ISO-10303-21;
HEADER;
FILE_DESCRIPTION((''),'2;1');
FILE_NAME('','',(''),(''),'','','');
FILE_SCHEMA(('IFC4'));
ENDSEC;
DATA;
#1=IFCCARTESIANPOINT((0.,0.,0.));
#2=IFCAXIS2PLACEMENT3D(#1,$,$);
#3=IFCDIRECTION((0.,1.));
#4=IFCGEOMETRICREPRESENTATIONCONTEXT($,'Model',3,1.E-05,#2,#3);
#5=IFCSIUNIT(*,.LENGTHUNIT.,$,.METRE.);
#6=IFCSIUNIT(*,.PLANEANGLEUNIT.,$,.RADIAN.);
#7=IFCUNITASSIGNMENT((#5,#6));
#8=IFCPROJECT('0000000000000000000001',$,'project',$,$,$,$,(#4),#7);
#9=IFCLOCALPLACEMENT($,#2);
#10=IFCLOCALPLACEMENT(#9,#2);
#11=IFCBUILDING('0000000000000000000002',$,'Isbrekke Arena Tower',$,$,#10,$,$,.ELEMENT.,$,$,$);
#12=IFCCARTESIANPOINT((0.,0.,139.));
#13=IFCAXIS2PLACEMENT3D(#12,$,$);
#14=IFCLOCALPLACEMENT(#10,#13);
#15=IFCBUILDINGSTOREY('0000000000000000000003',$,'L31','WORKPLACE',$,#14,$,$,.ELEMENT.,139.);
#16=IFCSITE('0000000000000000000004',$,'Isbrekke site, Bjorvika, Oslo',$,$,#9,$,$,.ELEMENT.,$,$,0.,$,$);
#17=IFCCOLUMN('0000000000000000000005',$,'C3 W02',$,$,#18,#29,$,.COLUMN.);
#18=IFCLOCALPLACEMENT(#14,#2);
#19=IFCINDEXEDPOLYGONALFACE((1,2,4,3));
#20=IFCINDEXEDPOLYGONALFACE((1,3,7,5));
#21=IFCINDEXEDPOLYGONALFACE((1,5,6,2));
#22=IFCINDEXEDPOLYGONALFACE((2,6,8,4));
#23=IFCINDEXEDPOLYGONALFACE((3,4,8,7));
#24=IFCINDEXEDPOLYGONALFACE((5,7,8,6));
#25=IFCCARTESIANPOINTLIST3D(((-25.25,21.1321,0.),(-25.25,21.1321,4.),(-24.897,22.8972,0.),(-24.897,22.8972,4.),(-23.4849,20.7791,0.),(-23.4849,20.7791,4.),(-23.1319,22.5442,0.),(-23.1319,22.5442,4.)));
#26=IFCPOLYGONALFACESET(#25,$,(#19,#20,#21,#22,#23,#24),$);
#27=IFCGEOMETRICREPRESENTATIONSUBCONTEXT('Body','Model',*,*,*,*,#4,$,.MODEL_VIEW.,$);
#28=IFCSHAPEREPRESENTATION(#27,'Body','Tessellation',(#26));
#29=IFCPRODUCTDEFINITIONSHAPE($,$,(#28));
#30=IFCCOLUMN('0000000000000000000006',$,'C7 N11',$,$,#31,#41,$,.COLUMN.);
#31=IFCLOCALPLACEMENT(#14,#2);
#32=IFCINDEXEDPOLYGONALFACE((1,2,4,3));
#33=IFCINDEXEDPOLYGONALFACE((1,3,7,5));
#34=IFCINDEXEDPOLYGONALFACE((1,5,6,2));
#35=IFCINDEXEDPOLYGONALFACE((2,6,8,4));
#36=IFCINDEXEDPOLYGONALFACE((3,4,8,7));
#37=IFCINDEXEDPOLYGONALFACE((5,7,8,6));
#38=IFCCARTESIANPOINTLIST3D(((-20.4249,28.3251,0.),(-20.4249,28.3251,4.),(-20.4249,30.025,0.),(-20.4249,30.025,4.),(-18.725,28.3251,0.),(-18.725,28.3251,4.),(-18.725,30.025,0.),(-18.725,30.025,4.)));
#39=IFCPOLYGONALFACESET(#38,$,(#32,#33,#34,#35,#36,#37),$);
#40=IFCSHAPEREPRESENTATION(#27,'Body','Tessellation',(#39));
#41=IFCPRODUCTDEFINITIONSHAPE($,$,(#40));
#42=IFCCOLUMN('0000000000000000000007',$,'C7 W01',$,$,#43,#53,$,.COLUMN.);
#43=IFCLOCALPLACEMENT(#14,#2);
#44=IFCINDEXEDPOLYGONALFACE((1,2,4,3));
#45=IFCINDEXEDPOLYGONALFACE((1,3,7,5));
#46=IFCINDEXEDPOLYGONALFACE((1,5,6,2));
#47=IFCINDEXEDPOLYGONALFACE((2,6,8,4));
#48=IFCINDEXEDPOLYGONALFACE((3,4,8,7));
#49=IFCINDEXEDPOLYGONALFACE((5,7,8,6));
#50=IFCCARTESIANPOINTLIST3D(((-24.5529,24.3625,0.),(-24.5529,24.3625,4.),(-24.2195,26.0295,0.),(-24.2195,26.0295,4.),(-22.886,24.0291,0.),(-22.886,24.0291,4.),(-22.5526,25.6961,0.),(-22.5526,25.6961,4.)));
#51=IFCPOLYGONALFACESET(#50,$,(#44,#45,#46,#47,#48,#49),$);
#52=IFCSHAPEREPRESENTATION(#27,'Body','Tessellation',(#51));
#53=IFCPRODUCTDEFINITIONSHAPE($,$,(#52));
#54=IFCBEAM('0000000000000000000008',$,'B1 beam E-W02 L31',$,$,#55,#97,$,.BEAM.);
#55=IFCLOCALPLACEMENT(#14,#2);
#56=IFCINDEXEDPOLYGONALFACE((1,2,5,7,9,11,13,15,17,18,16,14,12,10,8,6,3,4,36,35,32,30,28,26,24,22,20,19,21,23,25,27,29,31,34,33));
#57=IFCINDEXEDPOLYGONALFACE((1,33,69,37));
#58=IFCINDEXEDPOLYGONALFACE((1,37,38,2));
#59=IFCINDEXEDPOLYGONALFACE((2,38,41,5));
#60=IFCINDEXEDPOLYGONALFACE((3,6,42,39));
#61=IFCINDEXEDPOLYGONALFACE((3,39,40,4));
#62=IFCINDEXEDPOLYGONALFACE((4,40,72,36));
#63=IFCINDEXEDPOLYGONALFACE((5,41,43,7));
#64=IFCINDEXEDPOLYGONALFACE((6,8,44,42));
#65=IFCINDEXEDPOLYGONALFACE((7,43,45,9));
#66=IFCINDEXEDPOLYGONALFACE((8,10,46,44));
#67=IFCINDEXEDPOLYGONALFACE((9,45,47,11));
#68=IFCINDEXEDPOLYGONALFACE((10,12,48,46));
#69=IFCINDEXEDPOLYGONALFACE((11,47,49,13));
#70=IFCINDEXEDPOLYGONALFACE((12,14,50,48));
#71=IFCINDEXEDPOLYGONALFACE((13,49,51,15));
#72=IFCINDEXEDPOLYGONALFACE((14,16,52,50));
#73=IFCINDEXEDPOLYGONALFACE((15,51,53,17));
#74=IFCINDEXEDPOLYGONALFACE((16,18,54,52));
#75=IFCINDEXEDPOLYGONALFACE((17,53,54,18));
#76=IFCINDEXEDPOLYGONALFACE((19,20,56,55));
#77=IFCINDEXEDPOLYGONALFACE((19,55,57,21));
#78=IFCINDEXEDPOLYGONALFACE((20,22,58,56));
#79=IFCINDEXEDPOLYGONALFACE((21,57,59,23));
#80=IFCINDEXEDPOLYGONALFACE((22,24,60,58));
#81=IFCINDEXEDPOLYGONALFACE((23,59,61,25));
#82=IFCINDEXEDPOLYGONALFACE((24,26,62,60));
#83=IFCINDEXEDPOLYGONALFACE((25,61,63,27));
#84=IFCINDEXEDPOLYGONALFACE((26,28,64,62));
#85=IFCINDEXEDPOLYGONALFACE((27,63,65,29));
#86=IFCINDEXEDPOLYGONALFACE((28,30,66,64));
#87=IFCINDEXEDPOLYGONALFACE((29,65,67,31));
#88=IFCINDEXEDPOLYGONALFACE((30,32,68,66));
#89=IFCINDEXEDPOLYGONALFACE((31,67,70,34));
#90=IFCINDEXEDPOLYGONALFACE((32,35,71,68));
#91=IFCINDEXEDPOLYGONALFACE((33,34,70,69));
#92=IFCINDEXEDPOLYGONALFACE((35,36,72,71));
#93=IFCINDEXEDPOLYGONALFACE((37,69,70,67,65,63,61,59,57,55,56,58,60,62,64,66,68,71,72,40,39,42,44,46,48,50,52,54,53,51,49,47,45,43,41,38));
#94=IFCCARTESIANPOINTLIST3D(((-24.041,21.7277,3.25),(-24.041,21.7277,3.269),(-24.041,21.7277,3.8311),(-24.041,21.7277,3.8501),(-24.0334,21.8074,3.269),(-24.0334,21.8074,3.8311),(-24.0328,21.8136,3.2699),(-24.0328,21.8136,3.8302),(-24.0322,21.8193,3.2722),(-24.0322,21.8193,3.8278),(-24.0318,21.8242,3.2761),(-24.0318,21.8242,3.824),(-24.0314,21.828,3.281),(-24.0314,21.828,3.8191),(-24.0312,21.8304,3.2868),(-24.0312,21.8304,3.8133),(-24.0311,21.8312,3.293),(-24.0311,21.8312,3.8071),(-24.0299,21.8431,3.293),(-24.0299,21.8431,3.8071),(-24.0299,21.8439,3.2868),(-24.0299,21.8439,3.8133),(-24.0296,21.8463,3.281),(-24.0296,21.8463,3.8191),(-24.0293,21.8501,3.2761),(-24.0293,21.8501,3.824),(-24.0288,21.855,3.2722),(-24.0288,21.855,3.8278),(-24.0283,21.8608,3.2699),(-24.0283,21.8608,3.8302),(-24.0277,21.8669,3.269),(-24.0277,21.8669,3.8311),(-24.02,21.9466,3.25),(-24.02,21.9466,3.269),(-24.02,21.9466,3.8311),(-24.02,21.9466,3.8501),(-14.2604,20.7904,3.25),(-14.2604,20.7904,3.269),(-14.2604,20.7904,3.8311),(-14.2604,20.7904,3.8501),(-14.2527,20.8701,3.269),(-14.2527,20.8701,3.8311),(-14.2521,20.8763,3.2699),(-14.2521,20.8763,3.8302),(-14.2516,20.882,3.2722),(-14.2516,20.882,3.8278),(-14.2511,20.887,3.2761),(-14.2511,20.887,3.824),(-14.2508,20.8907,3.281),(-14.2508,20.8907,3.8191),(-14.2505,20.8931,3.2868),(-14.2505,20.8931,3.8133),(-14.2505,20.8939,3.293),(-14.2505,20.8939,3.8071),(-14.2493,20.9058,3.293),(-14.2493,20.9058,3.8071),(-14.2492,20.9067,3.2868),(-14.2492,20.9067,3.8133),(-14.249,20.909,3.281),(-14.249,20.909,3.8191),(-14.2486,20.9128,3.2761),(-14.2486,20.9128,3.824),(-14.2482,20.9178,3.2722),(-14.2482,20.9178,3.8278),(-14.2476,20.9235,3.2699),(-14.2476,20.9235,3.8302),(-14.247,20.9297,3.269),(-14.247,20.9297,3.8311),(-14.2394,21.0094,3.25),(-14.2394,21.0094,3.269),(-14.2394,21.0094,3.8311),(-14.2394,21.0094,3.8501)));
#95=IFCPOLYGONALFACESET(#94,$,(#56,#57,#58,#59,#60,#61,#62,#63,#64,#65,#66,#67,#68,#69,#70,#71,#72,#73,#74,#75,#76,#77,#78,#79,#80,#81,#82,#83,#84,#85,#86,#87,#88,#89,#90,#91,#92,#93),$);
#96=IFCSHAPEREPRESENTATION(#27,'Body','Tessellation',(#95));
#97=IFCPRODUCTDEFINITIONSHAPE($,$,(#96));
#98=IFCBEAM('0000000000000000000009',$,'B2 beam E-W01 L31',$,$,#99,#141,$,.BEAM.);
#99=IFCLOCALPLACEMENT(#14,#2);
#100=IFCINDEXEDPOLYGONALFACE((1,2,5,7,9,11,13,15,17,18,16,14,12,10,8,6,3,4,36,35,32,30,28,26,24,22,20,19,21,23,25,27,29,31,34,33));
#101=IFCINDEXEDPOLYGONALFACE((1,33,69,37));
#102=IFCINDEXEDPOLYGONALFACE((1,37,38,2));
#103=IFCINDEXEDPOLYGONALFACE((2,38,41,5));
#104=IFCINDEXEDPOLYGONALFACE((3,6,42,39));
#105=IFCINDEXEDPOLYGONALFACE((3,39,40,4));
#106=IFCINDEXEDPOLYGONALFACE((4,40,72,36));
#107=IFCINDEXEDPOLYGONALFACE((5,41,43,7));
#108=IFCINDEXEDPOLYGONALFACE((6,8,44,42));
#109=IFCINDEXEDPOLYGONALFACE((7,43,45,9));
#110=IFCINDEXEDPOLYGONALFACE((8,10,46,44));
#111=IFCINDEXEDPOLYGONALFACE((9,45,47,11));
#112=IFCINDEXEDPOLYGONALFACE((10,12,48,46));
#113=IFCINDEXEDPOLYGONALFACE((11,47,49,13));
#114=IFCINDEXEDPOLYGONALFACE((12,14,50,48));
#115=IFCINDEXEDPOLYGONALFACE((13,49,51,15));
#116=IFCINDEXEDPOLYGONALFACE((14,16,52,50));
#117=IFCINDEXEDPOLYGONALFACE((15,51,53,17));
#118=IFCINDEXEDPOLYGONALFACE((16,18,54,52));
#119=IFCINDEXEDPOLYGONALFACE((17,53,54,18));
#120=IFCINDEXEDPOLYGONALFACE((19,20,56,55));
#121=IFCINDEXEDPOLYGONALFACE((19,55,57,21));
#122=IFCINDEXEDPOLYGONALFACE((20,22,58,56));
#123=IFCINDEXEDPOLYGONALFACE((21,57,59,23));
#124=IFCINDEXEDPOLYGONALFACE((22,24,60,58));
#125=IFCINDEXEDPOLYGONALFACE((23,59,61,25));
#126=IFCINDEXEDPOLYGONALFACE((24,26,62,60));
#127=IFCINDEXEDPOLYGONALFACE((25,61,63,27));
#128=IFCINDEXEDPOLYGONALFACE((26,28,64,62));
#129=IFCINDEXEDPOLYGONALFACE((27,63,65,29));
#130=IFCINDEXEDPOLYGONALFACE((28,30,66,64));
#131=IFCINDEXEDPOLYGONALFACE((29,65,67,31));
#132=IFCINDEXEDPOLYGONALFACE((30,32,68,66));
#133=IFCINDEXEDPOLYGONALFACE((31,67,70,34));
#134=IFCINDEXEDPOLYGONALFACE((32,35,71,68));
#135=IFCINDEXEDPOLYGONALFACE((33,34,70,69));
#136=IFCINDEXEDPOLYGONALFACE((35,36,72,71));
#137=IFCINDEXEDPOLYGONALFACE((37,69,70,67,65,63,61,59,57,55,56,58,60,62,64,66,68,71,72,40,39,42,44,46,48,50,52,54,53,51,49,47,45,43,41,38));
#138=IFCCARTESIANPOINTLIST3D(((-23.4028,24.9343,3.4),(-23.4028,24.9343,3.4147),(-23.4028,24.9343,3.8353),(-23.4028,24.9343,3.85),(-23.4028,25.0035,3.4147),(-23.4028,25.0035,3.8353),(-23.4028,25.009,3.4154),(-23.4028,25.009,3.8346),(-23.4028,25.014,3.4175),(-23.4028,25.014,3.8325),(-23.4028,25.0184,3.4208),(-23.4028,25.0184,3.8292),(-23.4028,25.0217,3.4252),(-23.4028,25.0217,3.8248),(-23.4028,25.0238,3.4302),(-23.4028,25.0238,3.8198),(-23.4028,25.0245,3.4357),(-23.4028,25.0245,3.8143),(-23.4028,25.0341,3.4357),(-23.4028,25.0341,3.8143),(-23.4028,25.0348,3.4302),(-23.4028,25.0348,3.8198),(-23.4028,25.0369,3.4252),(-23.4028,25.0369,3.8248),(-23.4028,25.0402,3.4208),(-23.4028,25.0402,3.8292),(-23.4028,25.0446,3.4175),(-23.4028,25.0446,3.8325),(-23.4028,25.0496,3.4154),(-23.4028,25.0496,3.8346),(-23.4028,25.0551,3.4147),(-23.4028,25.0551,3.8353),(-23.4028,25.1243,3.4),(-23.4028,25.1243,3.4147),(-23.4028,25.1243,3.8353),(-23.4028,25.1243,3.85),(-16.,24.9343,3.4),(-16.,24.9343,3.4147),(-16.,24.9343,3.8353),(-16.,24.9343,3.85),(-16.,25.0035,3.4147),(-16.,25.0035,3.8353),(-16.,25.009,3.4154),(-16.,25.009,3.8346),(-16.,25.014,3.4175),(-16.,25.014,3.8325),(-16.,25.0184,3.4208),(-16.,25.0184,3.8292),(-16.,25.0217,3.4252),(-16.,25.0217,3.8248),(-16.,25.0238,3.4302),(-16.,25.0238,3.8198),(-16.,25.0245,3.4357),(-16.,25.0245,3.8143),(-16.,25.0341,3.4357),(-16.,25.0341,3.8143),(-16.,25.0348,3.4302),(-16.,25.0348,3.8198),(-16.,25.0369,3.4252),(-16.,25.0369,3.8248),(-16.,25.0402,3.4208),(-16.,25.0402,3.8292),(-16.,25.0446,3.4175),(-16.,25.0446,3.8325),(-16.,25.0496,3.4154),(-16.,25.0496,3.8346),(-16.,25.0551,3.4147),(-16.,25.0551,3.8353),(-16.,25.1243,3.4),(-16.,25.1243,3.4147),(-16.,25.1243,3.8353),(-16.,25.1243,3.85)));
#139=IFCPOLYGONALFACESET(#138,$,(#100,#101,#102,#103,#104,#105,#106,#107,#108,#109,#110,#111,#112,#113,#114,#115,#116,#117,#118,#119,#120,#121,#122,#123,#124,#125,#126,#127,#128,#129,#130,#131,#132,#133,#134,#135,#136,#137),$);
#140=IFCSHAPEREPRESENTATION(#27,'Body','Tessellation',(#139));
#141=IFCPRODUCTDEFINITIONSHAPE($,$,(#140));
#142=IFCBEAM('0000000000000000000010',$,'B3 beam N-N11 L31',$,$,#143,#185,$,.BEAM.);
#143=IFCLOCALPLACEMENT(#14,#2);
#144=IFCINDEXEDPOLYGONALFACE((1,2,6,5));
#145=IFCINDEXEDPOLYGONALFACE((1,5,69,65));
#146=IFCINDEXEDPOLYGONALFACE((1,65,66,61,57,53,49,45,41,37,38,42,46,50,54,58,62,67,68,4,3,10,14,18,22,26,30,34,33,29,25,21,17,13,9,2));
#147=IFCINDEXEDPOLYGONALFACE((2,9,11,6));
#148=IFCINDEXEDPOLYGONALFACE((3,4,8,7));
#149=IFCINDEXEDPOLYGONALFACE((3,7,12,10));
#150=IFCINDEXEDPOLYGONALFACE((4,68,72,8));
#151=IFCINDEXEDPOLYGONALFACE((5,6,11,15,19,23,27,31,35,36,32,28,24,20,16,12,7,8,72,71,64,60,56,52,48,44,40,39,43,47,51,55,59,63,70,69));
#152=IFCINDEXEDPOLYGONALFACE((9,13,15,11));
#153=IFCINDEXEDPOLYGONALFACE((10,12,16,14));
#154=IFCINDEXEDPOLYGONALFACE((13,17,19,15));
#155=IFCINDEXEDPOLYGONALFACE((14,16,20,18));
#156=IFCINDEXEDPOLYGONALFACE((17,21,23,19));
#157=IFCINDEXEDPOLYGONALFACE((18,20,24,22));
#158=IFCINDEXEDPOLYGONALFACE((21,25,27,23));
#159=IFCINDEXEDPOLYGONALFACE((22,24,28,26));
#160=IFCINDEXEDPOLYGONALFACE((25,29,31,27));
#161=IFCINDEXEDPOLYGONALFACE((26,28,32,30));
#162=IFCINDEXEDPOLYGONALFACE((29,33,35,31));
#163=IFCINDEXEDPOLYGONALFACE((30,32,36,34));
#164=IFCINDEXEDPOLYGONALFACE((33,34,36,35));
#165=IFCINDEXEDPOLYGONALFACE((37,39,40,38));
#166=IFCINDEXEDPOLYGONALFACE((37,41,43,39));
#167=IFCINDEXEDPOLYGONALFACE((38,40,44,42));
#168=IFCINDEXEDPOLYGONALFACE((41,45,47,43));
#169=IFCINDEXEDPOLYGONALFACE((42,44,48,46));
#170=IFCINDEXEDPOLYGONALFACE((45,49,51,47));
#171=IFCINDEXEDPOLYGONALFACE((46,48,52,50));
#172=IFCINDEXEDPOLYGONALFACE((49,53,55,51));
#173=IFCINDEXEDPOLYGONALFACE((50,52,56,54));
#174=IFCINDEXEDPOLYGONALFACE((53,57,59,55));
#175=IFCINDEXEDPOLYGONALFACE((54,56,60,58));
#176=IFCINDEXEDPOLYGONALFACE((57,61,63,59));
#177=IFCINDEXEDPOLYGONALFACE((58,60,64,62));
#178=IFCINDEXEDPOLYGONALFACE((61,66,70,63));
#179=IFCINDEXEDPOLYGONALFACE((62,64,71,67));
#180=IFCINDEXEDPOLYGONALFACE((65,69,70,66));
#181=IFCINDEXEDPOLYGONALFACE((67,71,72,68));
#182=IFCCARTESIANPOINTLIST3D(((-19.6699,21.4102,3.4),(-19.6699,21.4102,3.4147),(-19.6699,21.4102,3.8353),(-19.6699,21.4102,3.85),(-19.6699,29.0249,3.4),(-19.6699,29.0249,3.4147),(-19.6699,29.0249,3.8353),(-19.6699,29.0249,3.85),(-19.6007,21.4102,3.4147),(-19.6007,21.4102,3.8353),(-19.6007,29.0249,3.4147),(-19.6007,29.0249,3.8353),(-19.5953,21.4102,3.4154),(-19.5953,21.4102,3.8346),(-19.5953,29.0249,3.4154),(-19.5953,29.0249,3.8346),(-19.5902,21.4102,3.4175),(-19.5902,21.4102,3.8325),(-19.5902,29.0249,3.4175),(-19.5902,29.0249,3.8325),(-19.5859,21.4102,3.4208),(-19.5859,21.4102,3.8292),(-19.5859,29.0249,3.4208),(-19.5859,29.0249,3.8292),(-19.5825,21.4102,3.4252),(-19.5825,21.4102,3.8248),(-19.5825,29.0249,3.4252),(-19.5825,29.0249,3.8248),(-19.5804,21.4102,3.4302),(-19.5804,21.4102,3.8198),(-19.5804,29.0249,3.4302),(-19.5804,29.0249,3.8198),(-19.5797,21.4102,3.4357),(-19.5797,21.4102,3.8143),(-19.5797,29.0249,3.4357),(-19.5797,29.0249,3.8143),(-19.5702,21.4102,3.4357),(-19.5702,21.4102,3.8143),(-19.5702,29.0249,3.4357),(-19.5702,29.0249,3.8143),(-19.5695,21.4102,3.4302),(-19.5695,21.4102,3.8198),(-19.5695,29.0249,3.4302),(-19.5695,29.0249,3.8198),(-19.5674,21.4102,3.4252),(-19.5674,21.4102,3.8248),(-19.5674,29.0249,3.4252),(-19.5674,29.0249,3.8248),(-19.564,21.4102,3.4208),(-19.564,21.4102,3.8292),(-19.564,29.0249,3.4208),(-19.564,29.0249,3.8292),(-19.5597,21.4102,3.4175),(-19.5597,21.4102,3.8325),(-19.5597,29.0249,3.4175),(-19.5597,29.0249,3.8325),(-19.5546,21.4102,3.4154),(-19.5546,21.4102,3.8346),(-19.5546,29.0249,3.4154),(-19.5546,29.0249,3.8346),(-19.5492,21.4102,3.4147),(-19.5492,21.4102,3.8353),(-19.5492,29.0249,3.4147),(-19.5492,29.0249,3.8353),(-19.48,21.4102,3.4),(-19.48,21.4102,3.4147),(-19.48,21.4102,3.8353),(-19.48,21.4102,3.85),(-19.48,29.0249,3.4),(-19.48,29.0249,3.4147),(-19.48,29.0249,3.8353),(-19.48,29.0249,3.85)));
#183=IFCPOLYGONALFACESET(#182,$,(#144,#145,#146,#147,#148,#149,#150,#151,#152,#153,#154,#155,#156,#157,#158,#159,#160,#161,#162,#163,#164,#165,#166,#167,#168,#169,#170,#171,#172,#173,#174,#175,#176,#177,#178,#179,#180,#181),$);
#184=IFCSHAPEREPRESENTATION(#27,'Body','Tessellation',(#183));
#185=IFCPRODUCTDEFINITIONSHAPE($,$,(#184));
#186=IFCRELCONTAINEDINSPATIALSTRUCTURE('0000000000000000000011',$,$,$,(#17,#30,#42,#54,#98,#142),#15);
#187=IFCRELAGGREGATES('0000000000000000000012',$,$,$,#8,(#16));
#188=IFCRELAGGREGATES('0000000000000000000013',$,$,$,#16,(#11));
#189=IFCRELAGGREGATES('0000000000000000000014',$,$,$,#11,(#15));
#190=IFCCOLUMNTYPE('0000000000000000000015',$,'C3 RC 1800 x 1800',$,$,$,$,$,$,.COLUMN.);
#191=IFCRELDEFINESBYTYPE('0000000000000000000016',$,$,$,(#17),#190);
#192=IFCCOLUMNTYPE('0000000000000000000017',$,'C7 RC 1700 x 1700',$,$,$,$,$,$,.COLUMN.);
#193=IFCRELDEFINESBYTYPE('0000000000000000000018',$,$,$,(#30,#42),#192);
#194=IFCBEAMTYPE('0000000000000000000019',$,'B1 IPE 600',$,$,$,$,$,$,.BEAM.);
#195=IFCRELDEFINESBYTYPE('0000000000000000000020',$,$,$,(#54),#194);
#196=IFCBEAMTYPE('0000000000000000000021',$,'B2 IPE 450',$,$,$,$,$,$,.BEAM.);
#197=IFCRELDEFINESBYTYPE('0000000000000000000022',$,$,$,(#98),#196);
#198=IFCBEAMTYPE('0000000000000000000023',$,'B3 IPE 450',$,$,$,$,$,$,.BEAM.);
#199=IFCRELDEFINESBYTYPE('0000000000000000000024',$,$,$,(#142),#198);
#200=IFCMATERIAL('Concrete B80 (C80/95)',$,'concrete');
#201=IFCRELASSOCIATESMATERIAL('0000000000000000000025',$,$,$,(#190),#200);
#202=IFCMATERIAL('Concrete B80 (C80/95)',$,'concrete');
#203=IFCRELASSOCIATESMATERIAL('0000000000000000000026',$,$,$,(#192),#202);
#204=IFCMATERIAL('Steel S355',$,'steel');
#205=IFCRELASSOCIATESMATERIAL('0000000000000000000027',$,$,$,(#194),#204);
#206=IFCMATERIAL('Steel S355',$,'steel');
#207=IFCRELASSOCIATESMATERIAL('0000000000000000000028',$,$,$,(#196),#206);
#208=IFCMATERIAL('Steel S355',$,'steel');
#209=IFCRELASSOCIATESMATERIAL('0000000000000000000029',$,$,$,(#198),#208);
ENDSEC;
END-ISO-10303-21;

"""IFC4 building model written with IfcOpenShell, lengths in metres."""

from ifc_helpers import new_model, si_unit, direction, frame, origin, origin_2d, place, context, subcontext, project, spatial, rectangle, i_section, extrude, material, material_profile, profile_set, type_object, element, save


model = new_model("IFC4")

# Units and contexts
model_context = context("Model", 3, precision=1e-05, world=origin(), true_north=direction((0.0, 1.0)))
body_context = subcontext(model_context, "Body", "Model", "MODEL_VIEW")
ifc_project = project(units=[si_unit("LENGTHUNIT", "METRE"), si_unit("PLANEANGLEUNIT", "RADIAN")], contexts=[model_context])

# Site, building, storey
site_placement = place(None, origin())
site = spatial("IfcSite", under=ifc_project, at=site_placement, Name="Isbrekke site, Bjorvika, Oslo", CompositionType="ELEMENT", RefElevation=0.0)
building_placement = place(site_placement, origin())
building = spatial("IfcBuilding", under=site, at=building_placement, Name="Isbrekke Arena Tower", CompositionType="ELEMENT")
storey_placement = place(building_placement, frame((0.0, 0.0, 139.0)))
storey = spatial("IfcBuildingStorey", under=building, at=storey_placement, Name="L31", Description="WORKPLACE", CompositionType="ELEMENT", Elevation=139.0)

# Columns
ifc_material_1 = material(Name="Concrete B80 (C80/95)", Category="concrete")
ifc_material_profile_1 = material_profile(ifc_material_1, rectangle(XDim=1.8, YDim=1.8, at=origin_2d()), Name="RC 1800x1800")
ifc_profile_set_1 = profile_set([ifc_material_profile_1], Name="Concrete B80 (C80/95)")
column_type_1 = type_object("IfcColumnType", Name="C3 RC 1800 x 1800", PredefinedType="COLUMN", material=ifc_profile_set_1)
column_placement = place(storey_placement, frame((-24.1909, 21.8381, 0.0), z_axis=(0.0, 0.0, 1.0), x_axis=(-0.196116, -0.980581, 0.0)))
element("IfcColumn", 1, at=column_placement, inside=storey, type_object=column_type_1, Name="C3 W02", PredefinedType="COLUMN", context=body_context, shape_type="SweptSolid", body=[
    extrude(rectangle(XDim=1.8, YDim=1.8, at=origin_2d()), origin(), (0.0, 0.0, 1.0), 4.0),
])
ifc_material_2 = material(Name="Concrete B80 (C80/95)", Category="concrete")
ifc_material_profile_2 = material_profile(ifc_material_2, rectangle(XDim=1.7, YDim=1.7, at=origin_2d()), Name="RC 1700x1700")
ifc_profile_set_2 = profile_set([ifc_material_profile_2], Name="Concrete B80 (C80/95)")
column_type_2 = type_object("IfcColumnType", Name="C7 RC 1700 x 1700", PredefinedType="COLUMN", material=ifc_profile_set_2)
for number, where, z_axis, x_axis, name in (
    (2, (-19.575, 29.175, 0.0), (0.0, 0.0, 1.0), (-1.0, 0.0, 0.0), "C7 N11"),
    (3, (-23.5527, 25.0293, 0.0), (0.0, 0.0, 1.0), (-0.196116, -0.980581, 0.0), "C7 W01"),
):
    element("IfcColumn", number, at=place(storey_placement, frame(where, z_axis=z_axis, x_axis=x_axis)), inside=storey, type_object=column_type_2, Name=name, PredefinedType="COLUMN", context=body_context, shape_type="SweptSolid", body=[
        extrude(rectangle(XDim=1.7, YDim=1.7, at=origin_2d()), origin(), (0.0, 0.0, 1.0), 4.0),
    ])

# Beams
ifc_material_3 = material(Name="Steel S355", Category="steel")
ifc_material_profile_3 = material_profile(ifc_material_3, i_section(OverallWidth=0.22, OverallDepth=0.6001, WebThickness=0.012, FlangeThickness=0.019, FilletRadius=0.0239, at=origin_2d()), Name="IPE 600")
ifc_profile_set_3 = profile_set([ifc_material_profile_3], Name="Steel S355")
beam_type_1 = type_object("IfcBeamType", Name="B1 IPE 600", PredefinedType="BEAM", material=ifc_profile_set_3)
beam_1_placement = place(storey_placement, frame((-24.0305, 21.8372, 3.55), z_axis=(0.99544, -0.095392, 0.0), x_axis=(0.095392, 0.99544, 0.0)))
element("IfcBeam", 4, at=beam_1_placement, inside=storey, type_object=beam_type_1, Name="B1 beam E-W02 L31", PredefinedType="BEAM", context=body_context, shape_type="SweptSolid", body=[
    extrude(i_section(OverallWidth=0.22, OverallDepth=0.6001, WebThickness=0.012, FlangeThickness=0.019, FilletRadius=0.0239, at=origin_2d()), origin(), (0.0, 0.0, 1.0), 9.8254),
])
ifc_material_4 = material(Name="Steel S355", Category="steel")
ifc_material_profile_4 = material_profile(ifc_material_4, i_section(OverallWidth=0.1899, OverallDepth=0.45, WebThickness=0.0095, FlangeThickness=0.0146, FilletRadius=0.021, at=origin_2d()), Name="IPE 450")
ifc_profile_set_4 = profile_set([ifc_material_profile_4], Name="Steel S355")
beam_type_2 = type_object("IfcBeamType", Name="B2 IPE 450", PredefinedType="BEAM", material=ifc_profile_set_4)
beam_2_placement = place(storey_placement, frame((-23.4028, 25.0293, 3.625), z_axis=(1.0, 0.0, 0.0), x_axis=(0.0, 1.0, 0.0)))
element("IfcBeam", 5, at=beam_2_placement, inside=storey, type_object=beam_type_2, Name="B2 beam E-W01 L31", PredefinedType="BEAM", context=body_context, shape_type="SweptSolid", body=[
    extrude(i_section(OverallWidth=0.1899, OverallDepth=0.45, WebThickness=0.0095, FlangeThickness=0.0146, FilletRadius=0.021, at=origin_2d()), origin(), (0.0, 0.0, 1.0), 7.4028),
])
ifc_material_5 = material(Name="Steel S355", Category="steel")
ifc_material_profile_5 = material_profile(ifc_material_5, i_section(OverallWidth=0.1899, OverallDepth=0.45, WebThickness=0.0095, FlangeThickness=0.0146, FilletRadius=0.021, at=origin_2d()), Name="IPE 450")
ifc_profile_set_5 = profile_set([ifc_material_profile_5], Name="Steel S355")
beam_type_3 = type_object("IfcBeamType", Name="B3 IPE 450", PredefinedType="BEAM", material=ifc_profile_set_5)
beam_3_placement = place(storey_placement, frame((-19.575, 29.0249, 3.625), z_axis=(0.0, -1.0, 0.0), x_axis=(1.0, 0.0, 0.0)))
element("IfcBeam", 6, at=beam_3_placement, inside=storey, type_object=beam_type_3, Name="B3 beam N-N11 L31", PredefinedType="BEAM", context=body_context, shape_type="SweptSolid", body=[
    extrude(i_section(OverallWidth=0.1899, OverallDepth=0.45, WebThickness=0.0095, FlangeThickness=0.0146, FilletRadius=0.021, at=origin_2d()), origin(), (0.0, 0.0, 1.0), 7.6147),
])

save(model, "model.ifc")
